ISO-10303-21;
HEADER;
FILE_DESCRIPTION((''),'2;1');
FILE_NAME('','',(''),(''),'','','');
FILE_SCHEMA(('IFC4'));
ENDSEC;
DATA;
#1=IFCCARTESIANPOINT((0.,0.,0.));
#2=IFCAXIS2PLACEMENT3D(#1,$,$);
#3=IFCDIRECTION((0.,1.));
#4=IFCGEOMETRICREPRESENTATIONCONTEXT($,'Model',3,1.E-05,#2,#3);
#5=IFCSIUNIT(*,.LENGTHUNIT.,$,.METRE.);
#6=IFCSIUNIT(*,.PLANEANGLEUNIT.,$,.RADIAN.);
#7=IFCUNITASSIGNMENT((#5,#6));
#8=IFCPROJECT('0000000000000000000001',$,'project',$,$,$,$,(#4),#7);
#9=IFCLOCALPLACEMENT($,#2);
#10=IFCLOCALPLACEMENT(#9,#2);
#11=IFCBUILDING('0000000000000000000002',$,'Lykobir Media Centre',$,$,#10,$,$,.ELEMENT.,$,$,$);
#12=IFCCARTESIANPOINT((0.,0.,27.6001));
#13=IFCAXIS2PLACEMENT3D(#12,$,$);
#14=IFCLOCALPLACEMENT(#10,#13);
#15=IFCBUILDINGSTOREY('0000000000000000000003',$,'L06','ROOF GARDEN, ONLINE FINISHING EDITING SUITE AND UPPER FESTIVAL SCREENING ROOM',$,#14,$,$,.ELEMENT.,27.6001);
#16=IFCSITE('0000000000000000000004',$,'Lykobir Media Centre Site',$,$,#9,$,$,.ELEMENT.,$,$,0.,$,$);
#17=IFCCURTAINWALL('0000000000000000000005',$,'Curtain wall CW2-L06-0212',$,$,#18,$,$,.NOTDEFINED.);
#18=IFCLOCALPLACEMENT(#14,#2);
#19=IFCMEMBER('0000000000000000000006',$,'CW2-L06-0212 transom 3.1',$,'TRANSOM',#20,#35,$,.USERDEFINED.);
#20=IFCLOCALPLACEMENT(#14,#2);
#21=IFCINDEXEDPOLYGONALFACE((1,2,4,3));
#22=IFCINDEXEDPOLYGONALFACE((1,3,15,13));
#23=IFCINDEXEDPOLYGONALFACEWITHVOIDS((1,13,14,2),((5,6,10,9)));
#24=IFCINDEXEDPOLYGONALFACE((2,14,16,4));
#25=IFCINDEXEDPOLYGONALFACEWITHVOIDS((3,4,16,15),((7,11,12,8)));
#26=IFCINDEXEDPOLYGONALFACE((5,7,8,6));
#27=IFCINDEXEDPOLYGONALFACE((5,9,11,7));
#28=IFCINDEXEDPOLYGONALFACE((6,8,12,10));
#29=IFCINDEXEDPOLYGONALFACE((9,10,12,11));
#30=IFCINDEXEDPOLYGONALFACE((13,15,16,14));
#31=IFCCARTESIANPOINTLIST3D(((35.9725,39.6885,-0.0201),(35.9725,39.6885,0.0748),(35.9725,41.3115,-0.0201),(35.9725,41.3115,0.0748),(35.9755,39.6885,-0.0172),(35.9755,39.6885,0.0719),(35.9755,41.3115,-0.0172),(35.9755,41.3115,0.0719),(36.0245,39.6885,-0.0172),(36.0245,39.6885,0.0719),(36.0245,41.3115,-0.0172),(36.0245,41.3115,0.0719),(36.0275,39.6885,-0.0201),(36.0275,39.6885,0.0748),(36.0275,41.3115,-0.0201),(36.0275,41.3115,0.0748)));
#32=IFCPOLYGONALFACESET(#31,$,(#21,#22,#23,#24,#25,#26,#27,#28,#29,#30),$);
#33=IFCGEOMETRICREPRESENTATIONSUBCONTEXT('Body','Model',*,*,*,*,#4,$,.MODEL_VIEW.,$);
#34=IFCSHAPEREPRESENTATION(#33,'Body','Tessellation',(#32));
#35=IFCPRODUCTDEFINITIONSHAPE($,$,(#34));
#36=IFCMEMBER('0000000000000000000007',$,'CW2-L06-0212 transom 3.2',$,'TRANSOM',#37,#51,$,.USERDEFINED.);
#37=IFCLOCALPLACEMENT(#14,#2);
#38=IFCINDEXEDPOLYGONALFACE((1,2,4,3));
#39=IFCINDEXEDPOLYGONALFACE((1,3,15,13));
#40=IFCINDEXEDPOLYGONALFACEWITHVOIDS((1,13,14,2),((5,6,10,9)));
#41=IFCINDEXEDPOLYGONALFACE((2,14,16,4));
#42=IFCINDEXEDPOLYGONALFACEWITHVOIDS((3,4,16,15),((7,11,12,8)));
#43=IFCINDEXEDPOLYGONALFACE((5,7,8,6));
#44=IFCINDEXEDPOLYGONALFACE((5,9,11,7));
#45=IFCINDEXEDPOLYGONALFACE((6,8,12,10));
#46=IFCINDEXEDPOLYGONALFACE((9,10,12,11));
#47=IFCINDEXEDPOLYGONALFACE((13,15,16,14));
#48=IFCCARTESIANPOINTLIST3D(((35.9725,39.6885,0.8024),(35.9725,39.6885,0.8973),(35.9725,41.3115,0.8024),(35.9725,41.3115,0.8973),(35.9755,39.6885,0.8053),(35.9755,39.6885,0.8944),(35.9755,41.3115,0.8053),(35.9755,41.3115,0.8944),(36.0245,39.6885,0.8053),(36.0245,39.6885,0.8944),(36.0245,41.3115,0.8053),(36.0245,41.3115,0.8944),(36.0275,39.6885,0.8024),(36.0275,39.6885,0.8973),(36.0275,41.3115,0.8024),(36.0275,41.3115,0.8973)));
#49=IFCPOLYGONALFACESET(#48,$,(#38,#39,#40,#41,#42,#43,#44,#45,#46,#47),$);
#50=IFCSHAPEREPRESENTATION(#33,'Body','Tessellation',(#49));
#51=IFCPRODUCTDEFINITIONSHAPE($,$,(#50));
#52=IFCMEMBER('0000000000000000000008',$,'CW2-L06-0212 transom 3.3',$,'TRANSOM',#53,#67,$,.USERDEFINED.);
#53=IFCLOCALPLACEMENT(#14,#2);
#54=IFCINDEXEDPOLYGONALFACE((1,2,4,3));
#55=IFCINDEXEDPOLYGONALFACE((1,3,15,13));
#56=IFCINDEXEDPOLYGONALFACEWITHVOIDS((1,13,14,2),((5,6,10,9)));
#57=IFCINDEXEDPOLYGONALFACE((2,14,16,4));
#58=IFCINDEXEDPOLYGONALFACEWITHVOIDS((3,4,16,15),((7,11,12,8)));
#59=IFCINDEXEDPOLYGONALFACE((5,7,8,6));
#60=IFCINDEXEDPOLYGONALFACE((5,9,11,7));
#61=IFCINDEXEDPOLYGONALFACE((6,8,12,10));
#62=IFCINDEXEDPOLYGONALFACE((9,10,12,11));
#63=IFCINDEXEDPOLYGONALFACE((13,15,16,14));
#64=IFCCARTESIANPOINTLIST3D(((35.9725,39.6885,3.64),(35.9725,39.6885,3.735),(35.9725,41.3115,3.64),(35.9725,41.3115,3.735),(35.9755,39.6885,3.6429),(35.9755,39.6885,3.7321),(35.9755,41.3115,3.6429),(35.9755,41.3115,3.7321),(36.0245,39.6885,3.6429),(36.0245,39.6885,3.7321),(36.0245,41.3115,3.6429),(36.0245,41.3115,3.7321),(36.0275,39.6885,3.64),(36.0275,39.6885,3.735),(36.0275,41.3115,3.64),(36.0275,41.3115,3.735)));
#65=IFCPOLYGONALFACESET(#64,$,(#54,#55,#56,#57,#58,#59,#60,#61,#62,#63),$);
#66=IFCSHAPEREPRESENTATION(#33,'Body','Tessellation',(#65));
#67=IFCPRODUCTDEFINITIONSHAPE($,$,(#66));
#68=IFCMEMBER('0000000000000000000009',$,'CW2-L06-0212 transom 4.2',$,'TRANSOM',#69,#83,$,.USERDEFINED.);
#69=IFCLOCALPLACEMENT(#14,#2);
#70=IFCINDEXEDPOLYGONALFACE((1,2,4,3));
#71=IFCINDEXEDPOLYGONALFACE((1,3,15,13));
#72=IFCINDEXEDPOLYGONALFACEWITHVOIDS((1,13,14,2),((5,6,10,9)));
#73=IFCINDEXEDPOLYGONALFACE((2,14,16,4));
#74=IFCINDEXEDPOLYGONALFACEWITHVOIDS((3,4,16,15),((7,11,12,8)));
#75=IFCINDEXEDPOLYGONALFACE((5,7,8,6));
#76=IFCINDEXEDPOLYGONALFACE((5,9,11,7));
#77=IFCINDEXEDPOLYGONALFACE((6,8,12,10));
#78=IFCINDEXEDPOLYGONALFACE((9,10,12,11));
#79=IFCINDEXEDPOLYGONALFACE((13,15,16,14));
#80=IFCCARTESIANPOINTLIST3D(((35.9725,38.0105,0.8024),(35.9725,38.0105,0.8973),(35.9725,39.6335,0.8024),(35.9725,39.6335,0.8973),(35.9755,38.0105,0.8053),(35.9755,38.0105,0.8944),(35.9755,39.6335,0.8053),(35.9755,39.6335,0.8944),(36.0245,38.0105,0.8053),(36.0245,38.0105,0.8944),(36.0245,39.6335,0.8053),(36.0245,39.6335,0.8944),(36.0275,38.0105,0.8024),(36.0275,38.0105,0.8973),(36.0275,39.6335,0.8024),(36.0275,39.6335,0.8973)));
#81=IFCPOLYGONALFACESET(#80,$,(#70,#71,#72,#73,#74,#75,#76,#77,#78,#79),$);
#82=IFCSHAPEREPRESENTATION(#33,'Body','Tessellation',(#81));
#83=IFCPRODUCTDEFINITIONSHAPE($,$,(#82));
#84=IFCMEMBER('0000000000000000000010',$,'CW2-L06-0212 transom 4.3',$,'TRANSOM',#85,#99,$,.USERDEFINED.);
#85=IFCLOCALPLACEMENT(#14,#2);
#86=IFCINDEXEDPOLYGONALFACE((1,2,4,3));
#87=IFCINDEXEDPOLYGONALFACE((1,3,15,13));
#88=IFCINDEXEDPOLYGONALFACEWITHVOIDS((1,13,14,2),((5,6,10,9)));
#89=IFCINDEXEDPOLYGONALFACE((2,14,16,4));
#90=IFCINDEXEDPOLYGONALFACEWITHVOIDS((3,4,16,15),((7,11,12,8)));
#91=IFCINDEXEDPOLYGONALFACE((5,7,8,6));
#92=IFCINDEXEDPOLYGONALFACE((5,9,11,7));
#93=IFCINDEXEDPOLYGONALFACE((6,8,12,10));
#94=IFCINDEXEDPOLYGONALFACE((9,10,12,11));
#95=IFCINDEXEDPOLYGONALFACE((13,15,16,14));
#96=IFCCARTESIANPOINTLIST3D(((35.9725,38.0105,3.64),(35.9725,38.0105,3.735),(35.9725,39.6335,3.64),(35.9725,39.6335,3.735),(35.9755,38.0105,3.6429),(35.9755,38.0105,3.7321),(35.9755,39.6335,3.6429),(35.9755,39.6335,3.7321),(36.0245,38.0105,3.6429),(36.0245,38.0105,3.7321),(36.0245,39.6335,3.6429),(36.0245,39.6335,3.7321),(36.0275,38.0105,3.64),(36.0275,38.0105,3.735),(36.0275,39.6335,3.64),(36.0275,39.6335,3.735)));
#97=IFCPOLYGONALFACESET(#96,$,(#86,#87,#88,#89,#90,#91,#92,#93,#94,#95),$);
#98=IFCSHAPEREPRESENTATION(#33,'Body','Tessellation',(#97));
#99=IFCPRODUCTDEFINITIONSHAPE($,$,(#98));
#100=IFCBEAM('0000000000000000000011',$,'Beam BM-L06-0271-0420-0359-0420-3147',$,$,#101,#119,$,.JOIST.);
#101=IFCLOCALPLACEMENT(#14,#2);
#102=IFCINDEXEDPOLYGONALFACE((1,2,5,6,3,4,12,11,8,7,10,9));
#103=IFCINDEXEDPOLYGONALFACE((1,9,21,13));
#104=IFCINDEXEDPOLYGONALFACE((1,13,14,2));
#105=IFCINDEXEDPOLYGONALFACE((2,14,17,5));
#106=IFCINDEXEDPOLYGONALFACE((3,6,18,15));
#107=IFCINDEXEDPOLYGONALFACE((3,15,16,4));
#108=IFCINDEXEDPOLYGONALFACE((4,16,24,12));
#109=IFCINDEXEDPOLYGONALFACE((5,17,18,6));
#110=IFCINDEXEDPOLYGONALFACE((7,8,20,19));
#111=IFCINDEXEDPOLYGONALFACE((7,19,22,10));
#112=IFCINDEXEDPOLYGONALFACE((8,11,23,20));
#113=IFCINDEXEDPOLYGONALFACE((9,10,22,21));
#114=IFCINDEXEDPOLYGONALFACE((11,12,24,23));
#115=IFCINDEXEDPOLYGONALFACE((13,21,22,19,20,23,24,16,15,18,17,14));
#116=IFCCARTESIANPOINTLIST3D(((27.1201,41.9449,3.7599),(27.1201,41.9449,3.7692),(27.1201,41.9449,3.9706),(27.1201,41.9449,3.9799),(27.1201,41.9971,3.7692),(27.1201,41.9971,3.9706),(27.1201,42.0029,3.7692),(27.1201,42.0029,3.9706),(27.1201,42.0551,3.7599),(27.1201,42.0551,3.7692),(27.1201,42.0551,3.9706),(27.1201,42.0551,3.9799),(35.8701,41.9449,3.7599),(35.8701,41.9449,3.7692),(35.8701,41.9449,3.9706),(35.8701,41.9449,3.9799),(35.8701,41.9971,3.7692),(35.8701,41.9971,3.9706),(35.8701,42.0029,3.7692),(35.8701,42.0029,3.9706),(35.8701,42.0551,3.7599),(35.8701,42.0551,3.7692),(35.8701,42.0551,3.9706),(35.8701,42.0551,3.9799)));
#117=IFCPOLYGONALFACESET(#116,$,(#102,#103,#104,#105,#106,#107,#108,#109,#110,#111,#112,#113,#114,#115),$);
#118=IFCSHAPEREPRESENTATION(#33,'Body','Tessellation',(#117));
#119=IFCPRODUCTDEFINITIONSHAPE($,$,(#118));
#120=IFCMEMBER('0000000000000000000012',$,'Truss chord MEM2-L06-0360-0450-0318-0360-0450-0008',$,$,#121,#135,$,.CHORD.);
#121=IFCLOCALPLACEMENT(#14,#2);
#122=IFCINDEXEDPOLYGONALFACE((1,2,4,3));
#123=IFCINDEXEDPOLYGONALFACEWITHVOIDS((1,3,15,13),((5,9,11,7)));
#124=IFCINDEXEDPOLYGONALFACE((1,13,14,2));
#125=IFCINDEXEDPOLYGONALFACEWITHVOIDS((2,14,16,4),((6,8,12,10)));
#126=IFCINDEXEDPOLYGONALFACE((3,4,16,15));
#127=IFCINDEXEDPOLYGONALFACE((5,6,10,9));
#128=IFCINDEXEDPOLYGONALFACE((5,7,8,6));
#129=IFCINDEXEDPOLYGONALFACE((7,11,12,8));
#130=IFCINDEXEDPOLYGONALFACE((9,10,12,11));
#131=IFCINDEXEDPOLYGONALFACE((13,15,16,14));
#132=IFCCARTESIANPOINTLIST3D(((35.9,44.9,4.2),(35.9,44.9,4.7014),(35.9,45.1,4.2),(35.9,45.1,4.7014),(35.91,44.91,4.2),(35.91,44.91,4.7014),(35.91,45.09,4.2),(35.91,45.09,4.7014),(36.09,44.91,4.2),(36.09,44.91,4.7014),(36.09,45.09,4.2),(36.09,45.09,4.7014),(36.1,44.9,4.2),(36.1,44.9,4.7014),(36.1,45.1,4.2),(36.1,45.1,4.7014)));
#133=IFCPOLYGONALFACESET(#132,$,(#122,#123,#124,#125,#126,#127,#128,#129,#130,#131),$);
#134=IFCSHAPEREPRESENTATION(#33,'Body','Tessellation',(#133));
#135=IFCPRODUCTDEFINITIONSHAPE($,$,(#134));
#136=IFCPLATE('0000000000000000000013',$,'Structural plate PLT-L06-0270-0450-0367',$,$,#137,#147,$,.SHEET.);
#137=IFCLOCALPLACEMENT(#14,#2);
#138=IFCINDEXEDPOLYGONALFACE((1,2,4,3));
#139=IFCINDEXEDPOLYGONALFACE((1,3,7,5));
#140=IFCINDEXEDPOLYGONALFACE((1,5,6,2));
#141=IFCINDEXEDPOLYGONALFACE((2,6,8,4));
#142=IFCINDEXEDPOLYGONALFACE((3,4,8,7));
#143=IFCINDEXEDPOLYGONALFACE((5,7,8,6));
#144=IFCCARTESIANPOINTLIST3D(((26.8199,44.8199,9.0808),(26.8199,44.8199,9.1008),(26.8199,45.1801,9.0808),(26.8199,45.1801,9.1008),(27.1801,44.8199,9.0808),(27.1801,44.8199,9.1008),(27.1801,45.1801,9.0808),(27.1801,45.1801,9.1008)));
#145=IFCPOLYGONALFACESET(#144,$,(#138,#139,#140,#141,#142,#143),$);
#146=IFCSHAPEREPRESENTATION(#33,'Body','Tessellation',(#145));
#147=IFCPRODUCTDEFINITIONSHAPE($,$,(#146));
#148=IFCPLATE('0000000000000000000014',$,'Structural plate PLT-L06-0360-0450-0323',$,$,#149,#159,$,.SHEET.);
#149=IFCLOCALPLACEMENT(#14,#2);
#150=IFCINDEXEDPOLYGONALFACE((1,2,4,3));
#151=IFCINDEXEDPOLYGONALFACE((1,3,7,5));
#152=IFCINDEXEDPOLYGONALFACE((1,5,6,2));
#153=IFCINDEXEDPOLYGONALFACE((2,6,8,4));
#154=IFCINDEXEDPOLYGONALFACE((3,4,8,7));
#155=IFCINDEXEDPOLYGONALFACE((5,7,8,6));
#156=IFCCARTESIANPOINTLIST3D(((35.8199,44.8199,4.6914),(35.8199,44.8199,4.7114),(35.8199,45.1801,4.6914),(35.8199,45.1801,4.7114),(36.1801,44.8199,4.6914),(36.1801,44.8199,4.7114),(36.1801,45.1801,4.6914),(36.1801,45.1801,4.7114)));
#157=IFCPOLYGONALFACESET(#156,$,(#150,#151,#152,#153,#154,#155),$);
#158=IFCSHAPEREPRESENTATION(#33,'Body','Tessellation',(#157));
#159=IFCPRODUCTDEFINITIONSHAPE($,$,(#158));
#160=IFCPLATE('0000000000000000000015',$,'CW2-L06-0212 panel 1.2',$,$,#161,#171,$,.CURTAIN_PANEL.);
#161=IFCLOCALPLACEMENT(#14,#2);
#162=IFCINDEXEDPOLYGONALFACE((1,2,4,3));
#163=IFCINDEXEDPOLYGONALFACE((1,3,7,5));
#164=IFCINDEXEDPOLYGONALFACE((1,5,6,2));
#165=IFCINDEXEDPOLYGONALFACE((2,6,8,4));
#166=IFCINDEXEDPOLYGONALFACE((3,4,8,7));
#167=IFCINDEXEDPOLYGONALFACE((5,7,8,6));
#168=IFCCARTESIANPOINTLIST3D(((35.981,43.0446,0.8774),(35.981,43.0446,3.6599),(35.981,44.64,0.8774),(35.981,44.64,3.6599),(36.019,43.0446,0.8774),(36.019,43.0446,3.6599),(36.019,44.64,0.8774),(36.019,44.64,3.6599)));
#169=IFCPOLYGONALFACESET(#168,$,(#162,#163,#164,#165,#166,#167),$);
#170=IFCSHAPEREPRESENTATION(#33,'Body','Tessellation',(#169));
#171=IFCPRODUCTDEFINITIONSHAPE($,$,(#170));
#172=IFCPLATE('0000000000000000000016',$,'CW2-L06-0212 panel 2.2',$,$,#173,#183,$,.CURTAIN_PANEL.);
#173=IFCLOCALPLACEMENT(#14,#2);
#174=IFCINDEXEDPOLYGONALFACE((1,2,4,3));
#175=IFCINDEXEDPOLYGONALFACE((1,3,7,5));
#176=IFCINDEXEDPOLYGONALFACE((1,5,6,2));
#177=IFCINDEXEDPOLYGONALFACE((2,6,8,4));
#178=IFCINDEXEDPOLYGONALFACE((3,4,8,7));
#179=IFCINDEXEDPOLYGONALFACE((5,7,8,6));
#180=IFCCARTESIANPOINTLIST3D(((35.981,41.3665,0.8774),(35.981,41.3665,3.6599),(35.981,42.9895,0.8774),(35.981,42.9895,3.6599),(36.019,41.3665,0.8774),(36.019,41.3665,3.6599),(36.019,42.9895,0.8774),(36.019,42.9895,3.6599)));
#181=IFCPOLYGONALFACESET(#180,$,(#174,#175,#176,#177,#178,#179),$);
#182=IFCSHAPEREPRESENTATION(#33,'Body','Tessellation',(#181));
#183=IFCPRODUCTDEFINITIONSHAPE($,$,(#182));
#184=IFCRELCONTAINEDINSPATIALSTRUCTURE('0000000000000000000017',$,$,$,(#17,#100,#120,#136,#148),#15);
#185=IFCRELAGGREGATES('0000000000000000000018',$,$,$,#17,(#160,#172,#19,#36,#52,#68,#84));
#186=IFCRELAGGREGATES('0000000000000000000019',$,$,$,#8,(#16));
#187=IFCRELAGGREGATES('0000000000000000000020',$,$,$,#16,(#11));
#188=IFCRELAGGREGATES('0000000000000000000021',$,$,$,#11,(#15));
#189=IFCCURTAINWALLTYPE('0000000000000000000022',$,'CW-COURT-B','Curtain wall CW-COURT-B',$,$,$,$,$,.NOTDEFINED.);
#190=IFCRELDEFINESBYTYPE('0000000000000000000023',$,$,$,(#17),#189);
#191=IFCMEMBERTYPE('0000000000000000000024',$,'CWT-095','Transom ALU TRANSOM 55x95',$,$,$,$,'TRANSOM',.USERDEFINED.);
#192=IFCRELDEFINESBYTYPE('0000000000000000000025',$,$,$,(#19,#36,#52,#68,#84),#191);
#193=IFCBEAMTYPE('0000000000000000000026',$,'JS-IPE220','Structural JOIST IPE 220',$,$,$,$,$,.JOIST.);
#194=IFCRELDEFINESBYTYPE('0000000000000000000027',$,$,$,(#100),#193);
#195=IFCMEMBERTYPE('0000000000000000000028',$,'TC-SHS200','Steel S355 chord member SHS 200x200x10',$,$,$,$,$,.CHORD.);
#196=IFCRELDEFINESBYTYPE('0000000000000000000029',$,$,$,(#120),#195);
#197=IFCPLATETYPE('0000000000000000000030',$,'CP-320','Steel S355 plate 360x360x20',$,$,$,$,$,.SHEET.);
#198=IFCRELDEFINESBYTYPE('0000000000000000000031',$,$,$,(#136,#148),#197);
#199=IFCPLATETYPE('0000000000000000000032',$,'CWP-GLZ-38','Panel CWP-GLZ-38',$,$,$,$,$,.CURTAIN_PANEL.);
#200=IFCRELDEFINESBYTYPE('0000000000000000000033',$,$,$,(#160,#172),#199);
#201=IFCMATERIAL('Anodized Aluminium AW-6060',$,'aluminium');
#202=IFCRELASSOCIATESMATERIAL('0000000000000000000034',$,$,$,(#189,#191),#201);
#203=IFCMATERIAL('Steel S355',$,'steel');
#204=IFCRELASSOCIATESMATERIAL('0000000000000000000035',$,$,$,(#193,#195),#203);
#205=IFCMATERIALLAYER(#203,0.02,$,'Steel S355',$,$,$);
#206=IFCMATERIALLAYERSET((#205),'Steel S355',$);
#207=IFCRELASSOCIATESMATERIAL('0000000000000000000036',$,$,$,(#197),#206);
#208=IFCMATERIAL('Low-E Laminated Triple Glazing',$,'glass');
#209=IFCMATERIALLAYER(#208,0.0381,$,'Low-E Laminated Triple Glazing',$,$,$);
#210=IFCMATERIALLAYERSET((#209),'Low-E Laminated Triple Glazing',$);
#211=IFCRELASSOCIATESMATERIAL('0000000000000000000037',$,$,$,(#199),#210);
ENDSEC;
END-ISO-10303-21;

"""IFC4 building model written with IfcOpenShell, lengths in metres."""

from ifc_helpers import new_model, si_unit, direction, frame, origin, origin_2d, place, context, subcontext, project, spatial, rectangle, hollow_rectangle, i_section, extrude, material, layer, layer_set, material_profile, profile_set, type_object, element, aggregate, save


model = new_model("IFC4")

# Units and contexts
model_context = context("Model", 3, precision=1e-05, world=origin(), true_north=direction((0.0, 1.0)))
body_context = subcontext(model_context, "Body", "Model", "MODEL_VIEW")
ifc_project = project(units=[si_unit("LENGTHUNIT", "METRE"), si_unit("PLANEANGLEUNIT", "RADIAN")], contexts=[model_context])

# Site, building, storey
site_placement = place(None, origin())
site = spatial("IfcSite", under=ifc_project, at=site_placement, Name="Lykobir Media Centre Site", CompositionType="ELEMENT", RefElevation=0.0)
building_placement = place(site_placement, origin())
building = spatial("IfcBuilding", under=site, at=building_placement, Name="Lykobir Media Centre", CompositionType="ELEMENT")
storey_placement = place(building_placement, frame((0.0, 0.0, 27.6001)))
storey = spatial("IfcBuildingStorey", under=building, at=storey_placement, Name="L06", Description="ROOF GARDEN, ONLINE FINISHING EDITING SUITE AND UPPER FESTIVAL SCREENING ROOM", CompositionType="ELEMENT", Elevation=27.6001)

# Curtain wall, members
ifc_material_1 = material(Name="Anodized Aluminium AW-6060", Category="aluminium")
curtain_wall_type = type_object("IfcCurtainWallType", Name="CW-COURT-B", Description="Curtain wall CW-COURT-B", PredefinedType="NOTDEFINED", material=ifc_material_1)
curtain_wall_placement = place(storey_placement, origin())
curtain_wall = element("IfcCurtainWall", 1, at=curtain_wall_placement, inside=storey, type_object=curtain_wall_type, Name="Curtain wall CW2-L06-0212", PredefinedType="NOTDEFINED")
ifc_material_profile_1 = material_profile(ifc_material_1, hollow_rectangle(XDim=0.0549, YDim=0.095, WallThickness=0.0029, at=origin_2d()), Name="ALU TRANSOM 55x95")
ifc_profile_set_1 = profile_set([ifc_material_profile_1], Name="Anodized Aluminium AW-6060")
member_type_1 = type_object("IfcMemberType", Name="CWT-095", Description="Transom ALU TRANSOM 55x95", ElementType="TRANSOM", PredefinedType="USERDEFINED", material=ifc_profile_set_1)
member_1_placement = place(storey_placement, frame((36.0, 41.3115, 0.0273), z_axis=(0.0, -1.0, 0.0), x_axis=(1.0, 0.0, 0.0)))
member_1 = element("IfcMember", 2, at=member_1_placement, type_object=member_type_1, Name="CW2-L06-0212 transom 3.1", ObjectType="TRANSOM", PredefinedType="USERDEFINED", context=body_context, shape_type="SweptSolid", body=[
    extrude(hollow_rectangle(XDim=0.0549, YDim=0.095, WallThickness=0.0029, at=origin_2d()), origin(), (0.0, 0.0, 1.0), 1.623),
])
member_2_placement = place(storey_placement, frame((36.0, 41.3115, 0.8499), z_axis=(0.0, -1.0, 0.0), x_axis=(1.0, 0.0, 0.0)))
member_2 = element("IfcMember", 3, at=member_2_placement, type_object=member_type_1, Name="CW2-L06-0212 transom 3.2", ObjectType="TRANSOM", PredefinedType="USERDEFINED", context=body_context, shape_type="SweptSolid", body=[
    extrude(hollow_rectangle(XDim=0.0549, YDim=0.095, WallThickness=0.0029, at=origin_2d()), origin(), (0.0, 0.0, 1.0), 1.623),
])
member_3_placement = place(storey_placement, frame((36.0, 41.3115, 3.6875), z_axis=(0.0, -1.0, 0.0), x_axis=(1.0, 0.0, 0.0)))
member_3 = element("IfcMember", 4, at=member_3_placement, type_object=member_type_1, Name="CW2-L06-0212 transom 3.3", ObjectType="TRANSOM", PredefinedType="USERDEFINED", context=body_context, shape_type="SweptSolid", body=[
    extrude(hollow_rectangle(XDim=0.0549, YDim=0.095, WallThickness=0.0029, at=origin_2d()), origin(), (0.0, 0.0, 1.0), 1.623),
])
member_4_placement = place(storey_placement, frame((36.0, 39.6335, 0.8499), z_axis=(0.0, -1.0, 0.0), x_axis=(1.0, 0.0, 0.0)))
member_4 = element("IfcMember", 5, at=member_4_placement, type_object=member_type_1, Name="CW2-L06-0212 transom 4.2", ObjectType="TRANSOM", PredefinedType="USERDEFINED", context=body_context, shape_type="SweptSolid", body=[
    extrude(hollow_rectangle(XDim=0.0549, YDim=0.095, WallThickness=0.0029, at=origin_2d()), origin(), (0.0, 0.0, 1.0), 1.623),
])
member_5_placement = place(storey_placement, frame((36.0, 39.6335, 3.6875), z_axis=(0.0, -1.0, 0.0), x_axis=(1.0, 0.0, 0.0)))
member_5 = element("IfcMember", 6, at=member_5_placement, type_object=member_type_1, Name="CW2-L06-0212 transom 4.3", ObjectType="TRANSOM", PredefinedType="USERDEFINED", context=body_context, shape_type="SweptSolid", body=[
    extrude(hollow_rectangle(XDim=0.0549, YDim=0.095, WallThickness=0.0029, at=origin_2d()), origin(), (0.0, 0.0, 1.0), 1.623),
])

# Beam
ifc_material_2 = material(Name="Steel S355", Category="steel")
ifc_material_profile_2 = material_profile(ifc_material_2, i_section(OverallWidth=0.1101, OverallDepth=0.22, WebThickness=0.0059, FlangeThickness=0.0093, at=origin_2d()), Name="IPE 220")
ifc_profile_set_2 = profile_set([ifc_material_profile_2], Name="Steel S355")
beam_type = type_object("IfcBeamType", Name="JS-IPE220", Description="Structural JOIST IPE 220", PredefinedType="JOIST", material=ifc_profile_set_2)
beam_placement = place(storey_placement, frame((27.1201, 42.0, 3.8699), z_axis=(1.0, 0.0, 0.0), x_axis=(0.0, 1.0, 0.0)))
element("IfcBeam", 7, at=beam_placement, inside=storey, type_object=beam_type, Name="Beam BM-L06-0271-0420-0359-0420-3147", PredefinedType="JOIST", context=body_context, shape_type="SweptSolid", body=[
    extrude(i_section(OverallWidth=0.1101, OverallDepth=0.22, WebThickness=0.0059, FlangeThickness=0.0093, at=origin_2d()), origin(), (0.0, 0.0, 1.0), 8.75),
])

# Member
ifc_material_profile_3 = material_profile(ifc_material_2, hollow_rectangle(XDim=0.2, YDim=0.2, WallThickness=0.01, at=origin_2d()), Name="SHS 200x200x10")
ifc_profile_set_3 = profile_set([ifc_material_profile_3], Name="Steel S355")
member_type_2 = type_object("IfcMemberType", Name="TC-SHS200", Description="Steel S355 chord member SHS 200x200x10", PredefinedType="CHORD", material=ifc_profile_set_3)
member_6_placement = place(storey_placement, frame((36.0, 45.0, 4.2), z_axis=(0.0, 0.0, 1.0), x_axis=(1.0, 0.0, 0.0)))
element("IfcMember", 8, at=member_6_placement, inside=storey, type_object=member_type_2, Name="Truss chord MEM2-L06-0360-0450-0318-0360-0450-0008", PredefinedType="CHORD", context=body_context, shape_type="SweptSolid", body=[
    extrude(hollow_rectangle(XDim=0.2, YDim=0.2, WallThickness=0.01, at=origin_2d()), origin(), (0.0, 0.0, 1.0), 0.5015),
])

# Plates
ifc_layer_1 = layer(ifc_material_2, 0.02, Name="Steel S355")
ifc_layer_set_1 = layer_set([ifc_layer_1], Name="Steel S355")
plate_type_1 = type_object("IfcPlateType", Name="CP-320", Description="Steel S355 plate 360x360x20", PredefinedType="SHEET", material=ifc_layer_set_1)
for number, where, z_axis, x_axis, name in (
    (9, (27.0, 45.0, 9.0808), (0.0, 0.0, 1.0), (1.0, 0.0, 0.0), "Structural plate PLT-L06-0270-0450-0367"),
    (10, (36.0, 45.0, 4.6914), (0.0, 0.0, 1.0), (1.0, 0.0, 0.0), "Structural plate PLT-L06-0360-0450-0323"),
):
    element("IfcPlate", number, at=place(storey_placement, frame(where, z_axis=z_axis, x_axis=x_axis)), inside=storey, type_object=plate_type_1, Name=name, PredefinedType="SHEET", context=body_context, shape_type="SweptSolid", body=[
        extrude(rectangle(XDim=0.3601, YDim=0.3601, at=origin_2d()), origin(), (0.0, 0.0, 1.0), 0.02),
    ])

# Plates
ifc_material_3 = material(Name="Low-E Laminated Triple Glazing", Category="glass")
ifc_layer_2 = layer(ifc_material_3, 0.0381, Name="Low-E Laminated Triple Glazing")
ifc_layer_set_2 = layer_set([ifc_layer_2], Name="Low-E Laminated Triple Glazing")
plate_type_2 = type_object("IfcPlateType", Name="CWP-GLZ-38", Description="Panel CWP-GLZ-38", PredefinedType="CURTAIN_PANEL", material=ifc_layer_set_2)
plate_1_placement = place(storey_placement, frame((36.0, 43.8423, 0.8774), z_axis=(0.0, 0.0, 1.0), x_axis=(0.0, -1.0, 0.0)))
plate_1 = element("IfcPlate", 11, at=plate_1_placement, type_object=plate_type_2, Name="CW2-L06-0212 panel 1.2", PredefinedType="CURTAIN_PANEL", context=body_context, shape_type="SweptSolid", body=[
    extrude(rectangle(XDim=1.5955, YDim=0.0381, at=origin_2d()), origin(), (0.0, 0.0, 1.0), 2.7825),
])
plate_2_placement = place(storey_placement, frame((36.0, 42.178, 0.8774), z_axis=(0.0, 0.0, 1.0), x_axis=(0.0, -1.0, 0.0)))
plate_2 = element("IfcPlate", 12, at=plate_2_placement, type_object=plate_type_2, Name="CW2-L06-0212 panel 2.2", PredefinedType="CURTAIN_PANEL", context=body_context, shape_type="SweptSolid", body=[
    extrude(rectangle(XDim=1.623, YDim=0.0381, at=origin_2d()), origin(), (0.0, 0.0, 1.0), 2.7825),
])
aggregate(curtain_wall, [plate_1, plate_2, member_1, member_2, member_3, member_4, member_5])

save(model, "model.ifc")
